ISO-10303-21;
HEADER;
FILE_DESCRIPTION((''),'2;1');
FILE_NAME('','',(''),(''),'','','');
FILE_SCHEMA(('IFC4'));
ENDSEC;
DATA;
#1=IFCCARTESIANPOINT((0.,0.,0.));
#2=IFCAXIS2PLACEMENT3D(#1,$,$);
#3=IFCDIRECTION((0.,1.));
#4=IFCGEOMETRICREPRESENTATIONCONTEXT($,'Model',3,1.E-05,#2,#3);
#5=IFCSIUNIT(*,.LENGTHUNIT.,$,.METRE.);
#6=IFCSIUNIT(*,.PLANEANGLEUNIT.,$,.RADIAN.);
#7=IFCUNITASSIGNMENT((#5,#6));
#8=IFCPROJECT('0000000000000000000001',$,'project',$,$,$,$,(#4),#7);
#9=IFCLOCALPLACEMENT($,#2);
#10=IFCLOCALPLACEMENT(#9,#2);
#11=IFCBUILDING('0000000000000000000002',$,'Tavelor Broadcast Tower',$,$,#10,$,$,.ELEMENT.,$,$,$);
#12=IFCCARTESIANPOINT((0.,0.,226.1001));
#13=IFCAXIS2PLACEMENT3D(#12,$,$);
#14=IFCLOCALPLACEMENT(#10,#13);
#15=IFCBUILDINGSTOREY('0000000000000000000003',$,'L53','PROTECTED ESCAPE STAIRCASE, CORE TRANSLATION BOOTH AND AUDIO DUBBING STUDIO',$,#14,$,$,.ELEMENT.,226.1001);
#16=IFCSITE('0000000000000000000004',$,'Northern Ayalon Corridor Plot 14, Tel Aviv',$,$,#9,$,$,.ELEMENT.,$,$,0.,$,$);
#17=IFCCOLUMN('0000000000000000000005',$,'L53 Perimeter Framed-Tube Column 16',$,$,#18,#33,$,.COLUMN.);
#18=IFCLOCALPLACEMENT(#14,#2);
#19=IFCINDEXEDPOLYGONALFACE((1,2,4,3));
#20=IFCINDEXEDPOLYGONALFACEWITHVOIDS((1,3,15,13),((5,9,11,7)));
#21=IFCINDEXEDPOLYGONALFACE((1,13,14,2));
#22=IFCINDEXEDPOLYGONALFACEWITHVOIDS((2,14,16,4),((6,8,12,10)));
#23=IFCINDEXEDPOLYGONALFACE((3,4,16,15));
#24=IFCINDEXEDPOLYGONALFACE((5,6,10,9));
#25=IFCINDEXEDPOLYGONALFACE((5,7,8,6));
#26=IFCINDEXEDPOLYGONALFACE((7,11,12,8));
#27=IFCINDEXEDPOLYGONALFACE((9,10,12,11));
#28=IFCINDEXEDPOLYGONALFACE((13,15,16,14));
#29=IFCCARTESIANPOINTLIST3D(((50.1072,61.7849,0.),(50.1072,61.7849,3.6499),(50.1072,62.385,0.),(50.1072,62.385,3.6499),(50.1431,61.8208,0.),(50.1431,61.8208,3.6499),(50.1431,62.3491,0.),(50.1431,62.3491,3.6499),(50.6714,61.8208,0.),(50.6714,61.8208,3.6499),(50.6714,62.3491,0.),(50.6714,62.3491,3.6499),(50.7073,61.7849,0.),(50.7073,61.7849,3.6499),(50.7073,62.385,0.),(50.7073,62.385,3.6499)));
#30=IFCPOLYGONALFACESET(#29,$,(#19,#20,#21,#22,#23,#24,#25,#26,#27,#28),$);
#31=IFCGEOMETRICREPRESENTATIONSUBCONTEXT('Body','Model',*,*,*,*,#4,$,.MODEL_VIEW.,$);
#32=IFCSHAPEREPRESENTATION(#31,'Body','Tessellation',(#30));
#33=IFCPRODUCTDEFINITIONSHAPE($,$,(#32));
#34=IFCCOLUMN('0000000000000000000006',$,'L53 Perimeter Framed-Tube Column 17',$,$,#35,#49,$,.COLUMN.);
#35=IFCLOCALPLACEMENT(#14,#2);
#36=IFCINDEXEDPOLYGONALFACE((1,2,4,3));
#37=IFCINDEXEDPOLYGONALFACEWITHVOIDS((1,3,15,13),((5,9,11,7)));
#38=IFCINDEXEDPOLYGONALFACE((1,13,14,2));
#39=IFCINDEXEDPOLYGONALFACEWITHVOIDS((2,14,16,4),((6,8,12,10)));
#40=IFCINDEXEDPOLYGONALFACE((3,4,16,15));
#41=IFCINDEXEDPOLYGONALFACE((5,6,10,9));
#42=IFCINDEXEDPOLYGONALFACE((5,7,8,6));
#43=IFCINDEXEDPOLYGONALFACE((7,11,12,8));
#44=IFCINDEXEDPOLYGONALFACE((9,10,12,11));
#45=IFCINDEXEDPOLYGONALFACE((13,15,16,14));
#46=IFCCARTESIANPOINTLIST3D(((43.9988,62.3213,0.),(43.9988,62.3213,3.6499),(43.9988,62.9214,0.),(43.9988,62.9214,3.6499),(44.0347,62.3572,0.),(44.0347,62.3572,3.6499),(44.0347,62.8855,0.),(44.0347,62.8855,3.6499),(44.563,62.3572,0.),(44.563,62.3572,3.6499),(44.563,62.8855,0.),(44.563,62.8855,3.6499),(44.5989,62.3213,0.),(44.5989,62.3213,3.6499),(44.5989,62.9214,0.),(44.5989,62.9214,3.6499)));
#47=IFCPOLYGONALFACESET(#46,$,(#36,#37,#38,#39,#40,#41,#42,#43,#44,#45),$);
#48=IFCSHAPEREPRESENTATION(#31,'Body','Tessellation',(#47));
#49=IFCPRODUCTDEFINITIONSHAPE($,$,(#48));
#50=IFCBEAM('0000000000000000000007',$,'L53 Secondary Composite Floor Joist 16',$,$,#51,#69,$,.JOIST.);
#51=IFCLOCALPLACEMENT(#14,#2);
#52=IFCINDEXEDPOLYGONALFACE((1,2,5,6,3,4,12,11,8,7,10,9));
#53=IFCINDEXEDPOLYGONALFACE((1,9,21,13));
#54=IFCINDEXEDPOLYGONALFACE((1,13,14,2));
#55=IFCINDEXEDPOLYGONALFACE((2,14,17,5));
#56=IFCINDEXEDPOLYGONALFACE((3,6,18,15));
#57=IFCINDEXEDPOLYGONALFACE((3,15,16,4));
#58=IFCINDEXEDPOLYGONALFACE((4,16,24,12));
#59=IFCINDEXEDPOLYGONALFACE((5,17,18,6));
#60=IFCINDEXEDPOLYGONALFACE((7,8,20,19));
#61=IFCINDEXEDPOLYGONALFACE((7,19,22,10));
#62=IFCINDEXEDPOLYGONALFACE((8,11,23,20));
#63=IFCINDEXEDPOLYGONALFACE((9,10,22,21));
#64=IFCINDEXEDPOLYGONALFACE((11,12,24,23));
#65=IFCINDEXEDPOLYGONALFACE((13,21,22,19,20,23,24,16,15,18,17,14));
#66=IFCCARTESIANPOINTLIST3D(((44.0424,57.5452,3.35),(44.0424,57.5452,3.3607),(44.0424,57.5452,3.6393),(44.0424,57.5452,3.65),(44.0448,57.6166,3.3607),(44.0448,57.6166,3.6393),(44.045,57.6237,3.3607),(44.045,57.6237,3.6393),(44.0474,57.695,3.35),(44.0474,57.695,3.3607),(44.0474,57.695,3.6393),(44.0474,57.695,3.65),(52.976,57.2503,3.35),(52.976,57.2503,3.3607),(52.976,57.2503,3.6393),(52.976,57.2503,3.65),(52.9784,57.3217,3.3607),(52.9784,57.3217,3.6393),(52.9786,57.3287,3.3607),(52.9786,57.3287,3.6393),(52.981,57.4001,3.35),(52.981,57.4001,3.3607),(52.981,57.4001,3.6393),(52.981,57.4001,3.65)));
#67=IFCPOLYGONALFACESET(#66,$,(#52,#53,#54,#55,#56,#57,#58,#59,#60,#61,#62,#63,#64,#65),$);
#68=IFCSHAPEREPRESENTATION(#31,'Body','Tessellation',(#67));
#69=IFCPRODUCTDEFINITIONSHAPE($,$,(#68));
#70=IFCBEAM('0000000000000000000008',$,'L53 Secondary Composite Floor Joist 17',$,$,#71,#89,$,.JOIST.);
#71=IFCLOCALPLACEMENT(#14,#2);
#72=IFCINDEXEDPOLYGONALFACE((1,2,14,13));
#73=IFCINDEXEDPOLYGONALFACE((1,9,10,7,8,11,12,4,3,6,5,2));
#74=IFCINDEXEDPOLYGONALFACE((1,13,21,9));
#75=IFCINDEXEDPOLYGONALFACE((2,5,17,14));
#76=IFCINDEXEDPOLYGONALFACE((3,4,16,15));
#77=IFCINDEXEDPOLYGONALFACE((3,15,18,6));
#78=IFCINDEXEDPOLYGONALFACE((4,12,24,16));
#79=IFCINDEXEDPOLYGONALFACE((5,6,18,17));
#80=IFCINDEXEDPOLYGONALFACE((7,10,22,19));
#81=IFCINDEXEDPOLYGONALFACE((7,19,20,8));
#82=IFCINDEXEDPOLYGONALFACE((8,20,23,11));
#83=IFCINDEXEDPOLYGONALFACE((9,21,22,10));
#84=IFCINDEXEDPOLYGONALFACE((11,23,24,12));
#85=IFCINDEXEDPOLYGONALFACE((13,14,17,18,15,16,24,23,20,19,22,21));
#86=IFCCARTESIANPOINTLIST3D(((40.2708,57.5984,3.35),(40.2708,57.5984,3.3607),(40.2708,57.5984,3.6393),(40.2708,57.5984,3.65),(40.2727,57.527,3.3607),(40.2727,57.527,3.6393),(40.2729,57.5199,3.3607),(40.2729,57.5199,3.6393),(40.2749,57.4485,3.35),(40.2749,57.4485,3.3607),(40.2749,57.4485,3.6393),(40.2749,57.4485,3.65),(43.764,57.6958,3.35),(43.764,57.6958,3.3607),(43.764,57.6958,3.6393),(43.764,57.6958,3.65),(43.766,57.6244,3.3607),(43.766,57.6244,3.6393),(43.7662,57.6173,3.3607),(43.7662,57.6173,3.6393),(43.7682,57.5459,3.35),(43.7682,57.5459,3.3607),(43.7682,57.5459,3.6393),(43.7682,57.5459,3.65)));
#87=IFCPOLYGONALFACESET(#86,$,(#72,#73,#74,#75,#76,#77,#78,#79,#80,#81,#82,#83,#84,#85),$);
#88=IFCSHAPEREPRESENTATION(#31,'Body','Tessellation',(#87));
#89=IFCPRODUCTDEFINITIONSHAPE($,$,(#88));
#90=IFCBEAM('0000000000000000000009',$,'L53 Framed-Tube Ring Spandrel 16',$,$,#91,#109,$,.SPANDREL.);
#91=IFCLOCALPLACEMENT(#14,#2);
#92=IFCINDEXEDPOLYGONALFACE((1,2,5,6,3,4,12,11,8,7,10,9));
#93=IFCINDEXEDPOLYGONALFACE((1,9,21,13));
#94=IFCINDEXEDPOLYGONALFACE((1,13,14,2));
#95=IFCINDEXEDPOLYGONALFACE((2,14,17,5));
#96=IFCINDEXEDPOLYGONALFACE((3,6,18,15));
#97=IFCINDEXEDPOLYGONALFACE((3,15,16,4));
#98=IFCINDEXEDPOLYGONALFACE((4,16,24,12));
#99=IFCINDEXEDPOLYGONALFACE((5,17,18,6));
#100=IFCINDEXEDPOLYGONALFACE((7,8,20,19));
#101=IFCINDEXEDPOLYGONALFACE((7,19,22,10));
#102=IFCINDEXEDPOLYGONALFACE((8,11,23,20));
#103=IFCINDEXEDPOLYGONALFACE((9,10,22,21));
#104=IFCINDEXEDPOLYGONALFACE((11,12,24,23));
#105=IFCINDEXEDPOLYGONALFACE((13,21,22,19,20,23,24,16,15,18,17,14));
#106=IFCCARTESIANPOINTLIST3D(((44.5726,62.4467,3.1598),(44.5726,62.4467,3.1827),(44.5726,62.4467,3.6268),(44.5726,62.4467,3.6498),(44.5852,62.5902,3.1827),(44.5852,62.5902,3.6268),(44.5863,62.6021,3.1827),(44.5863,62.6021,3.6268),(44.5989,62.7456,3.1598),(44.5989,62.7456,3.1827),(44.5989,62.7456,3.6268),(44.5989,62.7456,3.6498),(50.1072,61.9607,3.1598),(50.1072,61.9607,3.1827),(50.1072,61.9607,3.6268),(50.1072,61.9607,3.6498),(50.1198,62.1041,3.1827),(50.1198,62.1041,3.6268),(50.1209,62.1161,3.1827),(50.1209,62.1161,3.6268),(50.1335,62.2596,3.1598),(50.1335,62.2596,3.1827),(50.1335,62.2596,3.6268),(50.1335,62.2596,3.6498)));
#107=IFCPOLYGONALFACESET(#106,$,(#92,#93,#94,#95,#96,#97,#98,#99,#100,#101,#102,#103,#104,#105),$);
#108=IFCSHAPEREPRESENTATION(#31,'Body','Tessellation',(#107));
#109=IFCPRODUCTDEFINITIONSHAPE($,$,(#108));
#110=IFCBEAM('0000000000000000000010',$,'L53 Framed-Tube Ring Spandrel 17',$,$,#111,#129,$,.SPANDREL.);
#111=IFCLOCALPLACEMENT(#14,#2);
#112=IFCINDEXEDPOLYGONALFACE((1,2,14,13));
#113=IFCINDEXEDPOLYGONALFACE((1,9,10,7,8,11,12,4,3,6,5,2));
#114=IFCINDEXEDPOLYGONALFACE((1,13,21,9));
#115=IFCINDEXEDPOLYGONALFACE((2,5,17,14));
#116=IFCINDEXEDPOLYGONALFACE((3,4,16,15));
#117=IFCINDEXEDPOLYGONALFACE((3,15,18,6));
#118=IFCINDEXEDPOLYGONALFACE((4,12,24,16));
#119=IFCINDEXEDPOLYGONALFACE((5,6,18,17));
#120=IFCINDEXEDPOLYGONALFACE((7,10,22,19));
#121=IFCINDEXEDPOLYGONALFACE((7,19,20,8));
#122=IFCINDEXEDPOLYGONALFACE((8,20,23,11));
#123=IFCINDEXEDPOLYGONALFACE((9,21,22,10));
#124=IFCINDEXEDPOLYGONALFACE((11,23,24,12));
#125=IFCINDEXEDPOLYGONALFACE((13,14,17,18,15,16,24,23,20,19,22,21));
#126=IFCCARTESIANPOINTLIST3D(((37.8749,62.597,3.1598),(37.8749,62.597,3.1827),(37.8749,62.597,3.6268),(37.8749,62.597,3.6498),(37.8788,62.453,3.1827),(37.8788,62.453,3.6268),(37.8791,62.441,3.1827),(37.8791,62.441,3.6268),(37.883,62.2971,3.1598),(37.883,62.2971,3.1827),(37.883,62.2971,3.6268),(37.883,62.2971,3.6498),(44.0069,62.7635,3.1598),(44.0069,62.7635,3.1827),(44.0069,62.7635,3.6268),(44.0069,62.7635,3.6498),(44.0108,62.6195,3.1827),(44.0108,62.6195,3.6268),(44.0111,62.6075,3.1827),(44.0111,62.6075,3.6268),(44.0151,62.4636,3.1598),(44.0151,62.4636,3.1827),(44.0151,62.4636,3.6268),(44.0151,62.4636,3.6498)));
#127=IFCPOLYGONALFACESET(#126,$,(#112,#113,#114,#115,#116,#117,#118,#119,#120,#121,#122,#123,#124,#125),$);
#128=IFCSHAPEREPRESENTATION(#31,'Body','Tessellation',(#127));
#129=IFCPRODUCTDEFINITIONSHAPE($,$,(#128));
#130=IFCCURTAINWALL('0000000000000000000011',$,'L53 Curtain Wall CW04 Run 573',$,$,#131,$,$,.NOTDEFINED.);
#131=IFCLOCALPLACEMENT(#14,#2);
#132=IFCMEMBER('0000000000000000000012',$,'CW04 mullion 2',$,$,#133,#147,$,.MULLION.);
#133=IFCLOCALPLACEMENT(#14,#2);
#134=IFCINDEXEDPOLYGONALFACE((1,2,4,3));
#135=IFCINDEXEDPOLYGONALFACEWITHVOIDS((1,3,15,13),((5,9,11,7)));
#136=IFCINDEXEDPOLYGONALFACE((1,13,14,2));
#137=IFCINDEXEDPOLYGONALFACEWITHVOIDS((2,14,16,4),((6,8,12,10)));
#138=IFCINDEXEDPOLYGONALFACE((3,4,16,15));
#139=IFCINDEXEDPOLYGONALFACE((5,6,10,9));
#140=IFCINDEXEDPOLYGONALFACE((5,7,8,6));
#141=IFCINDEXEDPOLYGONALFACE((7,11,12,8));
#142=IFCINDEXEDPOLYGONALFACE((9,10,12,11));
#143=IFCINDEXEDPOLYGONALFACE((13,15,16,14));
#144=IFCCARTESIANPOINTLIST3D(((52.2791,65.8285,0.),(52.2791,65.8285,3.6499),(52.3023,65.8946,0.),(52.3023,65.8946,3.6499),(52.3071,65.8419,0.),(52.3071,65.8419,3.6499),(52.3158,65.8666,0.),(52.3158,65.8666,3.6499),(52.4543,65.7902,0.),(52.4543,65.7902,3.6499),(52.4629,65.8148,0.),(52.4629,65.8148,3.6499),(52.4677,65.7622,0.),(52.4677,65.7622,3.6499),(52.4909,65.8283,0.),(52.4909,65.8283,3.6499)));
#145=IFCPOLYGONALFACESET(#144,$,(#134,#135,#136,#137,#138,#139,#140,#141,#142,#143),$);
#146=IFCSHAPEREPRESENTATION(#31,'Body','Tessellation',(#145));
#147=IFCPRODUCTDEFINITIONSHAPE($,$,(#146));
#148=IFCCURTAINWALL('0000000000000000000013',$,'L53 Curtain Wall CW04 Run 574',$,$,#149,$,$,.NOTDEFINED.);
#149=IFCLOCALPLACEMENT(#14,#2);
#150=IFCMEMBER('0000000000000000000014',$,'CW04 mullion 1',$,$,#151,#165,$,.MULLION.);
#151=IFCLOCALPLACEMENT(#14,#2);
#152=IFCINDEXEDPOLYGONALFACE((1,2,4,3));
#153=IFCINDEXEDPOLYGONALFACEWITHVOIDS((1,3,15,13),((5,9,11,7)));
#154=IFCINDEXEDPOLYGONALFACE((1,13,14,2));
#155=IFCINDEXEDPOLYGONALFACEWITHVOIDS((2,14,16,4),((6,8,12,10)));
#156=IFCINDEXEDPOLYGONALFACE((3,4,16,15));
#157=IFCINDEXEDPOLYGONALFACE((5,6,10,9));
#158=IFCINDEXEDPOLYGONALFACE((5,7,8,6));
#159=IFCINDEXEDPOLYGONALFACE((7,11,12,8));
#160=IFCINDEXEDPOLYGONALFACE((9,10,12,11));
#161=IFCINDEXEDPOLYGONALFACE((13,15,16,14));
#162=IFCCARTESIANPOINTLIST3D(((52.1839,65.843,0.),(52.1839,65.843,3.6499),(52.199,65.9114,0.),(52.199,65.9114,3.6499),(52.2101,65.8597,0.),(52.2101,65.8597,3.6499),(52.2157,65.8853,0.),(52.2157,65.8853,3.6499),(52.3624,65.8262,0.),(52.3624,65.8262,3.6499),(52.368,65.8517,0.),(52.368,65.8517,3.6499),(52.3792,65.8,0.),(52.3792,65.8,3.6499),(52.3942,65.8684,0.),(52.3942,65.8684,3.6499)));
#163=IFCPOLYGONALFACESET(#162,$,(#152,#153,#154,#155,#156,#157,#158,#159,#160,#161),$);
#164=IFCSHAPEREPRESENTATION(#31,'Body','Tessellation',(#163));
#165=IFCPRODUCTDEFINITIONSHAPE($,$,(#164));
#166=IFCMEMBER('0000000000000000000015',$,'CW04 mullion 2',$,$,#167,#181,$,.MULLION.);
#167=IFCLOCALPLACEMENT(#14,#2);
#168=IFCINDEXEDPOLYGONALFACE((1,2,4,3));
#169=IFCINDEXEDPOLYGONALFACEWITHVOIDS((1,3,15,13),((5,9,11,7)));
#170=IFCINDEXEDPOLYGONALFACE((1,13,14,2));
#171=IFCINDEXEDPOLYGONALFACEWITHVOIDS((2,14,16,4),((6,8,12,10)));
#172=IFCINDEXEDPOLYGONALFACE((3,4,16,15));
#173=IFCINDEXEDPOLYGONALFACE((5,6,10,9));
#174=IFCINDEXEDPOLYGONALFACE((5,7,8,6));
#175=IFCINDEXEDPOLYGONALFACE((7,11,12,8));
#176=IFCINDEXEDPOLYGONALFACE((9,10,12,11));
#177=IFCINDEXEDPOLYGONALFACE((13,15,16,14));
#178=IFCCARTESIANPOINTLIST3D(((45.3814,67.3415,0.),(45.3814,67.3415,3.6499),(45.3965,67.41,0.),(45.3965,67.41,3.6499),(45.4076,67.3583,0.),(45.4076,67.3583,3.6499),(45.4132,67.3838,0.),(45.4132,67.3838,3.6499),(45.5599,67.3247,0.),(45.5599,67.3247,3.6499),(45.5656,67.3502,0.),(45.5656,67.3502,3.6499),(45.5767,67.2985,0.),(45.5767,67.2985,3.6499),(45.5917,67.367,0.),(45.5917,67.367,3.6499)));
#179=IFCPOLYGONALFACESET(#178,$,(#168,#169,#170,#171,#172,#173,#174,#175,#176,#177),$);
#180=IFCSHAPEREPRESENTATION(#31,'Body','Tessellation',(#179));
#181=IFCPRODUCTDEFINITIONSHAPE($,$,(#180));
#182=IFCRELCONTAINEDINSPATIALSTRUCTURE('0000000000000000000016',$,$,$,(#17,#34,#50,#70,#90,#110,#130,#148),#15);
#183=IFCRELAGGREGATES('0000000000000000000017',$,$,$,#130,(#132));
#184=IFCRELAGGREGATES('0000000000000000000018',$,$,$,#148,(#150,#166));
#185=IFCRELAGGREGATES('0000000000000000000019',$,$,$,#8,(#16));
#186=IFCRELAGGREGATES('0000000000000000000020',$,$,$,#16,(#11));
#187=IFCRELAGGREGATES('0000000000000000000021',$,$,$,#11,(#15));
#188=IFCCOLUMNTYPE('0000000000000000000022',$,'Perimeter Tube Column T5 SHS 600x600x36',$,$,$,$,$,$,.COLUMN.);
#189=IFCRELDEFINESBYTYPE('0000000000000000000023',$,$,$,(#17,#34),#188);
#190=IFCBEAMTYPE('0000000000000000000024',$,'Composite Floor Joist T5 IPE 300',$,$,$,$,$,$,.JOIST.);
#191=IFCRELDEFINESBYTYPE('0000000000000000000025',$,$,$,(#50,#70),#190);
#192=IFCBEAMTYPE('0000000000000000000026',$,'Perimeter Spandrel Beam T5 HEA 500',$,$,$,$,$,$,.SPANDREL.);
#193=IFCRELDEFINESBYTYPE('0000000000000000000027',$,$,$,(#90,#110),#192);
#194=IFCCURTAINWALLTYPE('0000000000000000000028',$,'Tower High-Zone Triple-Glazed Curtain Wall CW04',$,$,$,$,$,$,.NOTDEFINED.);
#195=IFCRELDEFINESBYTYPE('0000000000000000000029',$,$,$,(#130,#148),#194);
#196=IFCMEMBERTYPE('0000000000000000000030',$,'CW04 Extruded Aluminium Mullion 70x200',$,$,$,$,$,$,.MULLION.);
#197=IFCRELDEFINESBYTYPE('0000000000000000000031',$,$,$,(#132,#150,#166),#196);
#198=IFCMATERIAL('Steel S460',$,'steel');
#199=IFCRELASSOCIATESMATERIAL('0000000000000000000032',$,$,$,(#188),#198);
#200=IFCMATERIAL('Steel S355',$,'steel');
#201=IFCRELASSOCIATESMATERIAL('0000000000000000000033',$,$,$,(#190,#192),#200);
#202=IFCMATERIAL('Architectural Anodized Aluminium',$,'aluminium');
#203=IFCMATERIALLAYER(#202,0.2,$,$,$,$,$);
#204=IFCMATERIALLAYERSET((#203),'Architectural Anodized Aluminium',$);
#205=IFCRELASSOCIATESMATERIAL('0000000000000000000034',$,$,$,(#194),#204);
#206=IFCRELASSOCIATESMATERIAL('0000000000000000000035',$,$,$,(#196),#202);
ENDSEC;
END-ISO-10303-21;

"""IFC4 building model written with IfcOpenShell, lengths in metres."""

from ifc_helpers import new_model, si_unit, direction, frame, origin, origin_2d, place, context, subcontext, project, spatial, hollow_rectangle, i_section, extrude, source, transform, mapped, material, layer, layer_set, material_profile, profile_set, type_object, type_shapes, element, aggregate, save


model = new_model("IFC4")

# Units and contexts
model_context = context("Model", 3, precision=1e-05, world=origin(), true_north=direction((0.0, 1.0)))
body_context = subcontext(model_context, "Body", "Model", "MODEL_VIEW")
ifc_project = project(units=[si_unit("LENGTHUNIT", "METRE"), si_unit("PLANEANGLEUNIT", "RADIAN")], contexts=[model_context])

# Site, building, storey
site_placement = place(None, origin())
site = spatial("IfcSite", under=ifc_project, at=site_placement, Name="Northern Ayalon Corridor Plot 14, Tel Aviv", CompositionType="ELEMENT", RefElevation=0.0)
building_placement = place(site_placement, origin())
building = spatial("IfcBuilding", under=site, at=building_placement, Name="Tavelor Broadcast Tower", CompositionType="ELEMENT")
storey_placement = place(building_placement, frame((0.0, 0.0, 226.1001)))
storey = spatial("IfcBuildingStorey", under=building, at=storey_placement, Name="L53", Description="PROTECTED ESCAPE STAIRCASE, CORE TRANSLATION BOOTH AND AUDIO DUBBING STUDIO", CompositionType="ELEMENT", Elevation=226.1001)

# Columns
ifc_material_1 = material(Name="Steel S460", Category="steel")
ifc_material_profile_1 = material_profile(ifc_material_1, hollow_rectangle(XDim=0.6001, YDim=0.6001, WallThickness=0.0359, at=origin_2d()), Name="SHS 600x600x36")
ifc_profile_set_1 = profile_set([ifc_material_profile_1], Name="Steel S460")
column_type = type_object("IfcColumnType", Name="Perimeter Tube Column T5 SHS 600x600x36", PredefinedType="COLUMN", material=ifc_profile_set_1)
for number, where, z_axis, x_axis, name in (
    (1, (50.4072, 62.085, 0.0), (0.0, 0.0, 1.0), (1.0, 0.0, 0.0), "L53 Perimeter Framed-Tube Column 16"),
    (2, (44.2988, 62.6213, 0.0), (0.0, 0.0, 1.0), (1.0, 0.0, 0.0), "L53 Perimeter Framed-Tube Column 17"),
):
    element("IfcColumn", number, at=place(storey_placement, frame(where, z_axis=z_axis, x_axis=x_axis)), inside=storey, type_object=column_type, Name=name, PredefinedType="COLUMN", context=body_context, shape_type="SweptSolid", body=[
        extrude(hollow_rectangle(XDim=0.6001, YDim=0.6001, WallThickness=0.0359, at=origin_2d()), origin(), (0.0, 0.0, 1.0), 3.6499),
    ])

# Beams
ifc_material_2 = material(Name="Steel S355", Category="steel")
ifc_material_profile_2 = material_profile(ifc_material_2, i_section(OverallWidth=0.1499, OverallDepth=0.3, WebThickness=0.0071, FlangeThickness=0.0107, at=origin_2d()), Name="IPE 300")
ifc_profile_set_2 = profile_set([ifc_material_profile_2], Name="Steel S355")
beam_type_1 = type_object("IfcBeamType", Name="Composite Floor Joist T5 IPE 300", PredefinedType="JOIST", material=ifc_profile_set_2)
beam_1_placement = place(storey_placement, frame((52.9785, 57.3252, 3.5), z_axis=(-0.999456, 0.032995, 0.0), x_axis=(-0.032995, -0.999456, 0.0)))
element("IfcBeam", 3, at=beam_1_placement, inside=storey, type_object=beam_type_1, Name="L53 Secondary Composite Floor Joist 16", PredefinedType="JOIST", context=body_context, shape_type="SweptSolid", body=[
    extrude(i_section(OverallWidth=0.1499, OverallDepth=0.3, WebThickness=0.0071, FlangeThickness=0.0107, at=origin_2d()), origin(), (0.0, 0.0, 1.0), 8.9385),
])
beam_2_placement = place(storey_placement, frame((43.7661, 57.6208, 3.5), z_axis=(-0.999611, -0.027876, 0.0), x_axis=(0.027876, -0.999611, 0.0)))
element("IfcBeam", 4, at=beam_2_placement, inside=storey, type_object=beam_type_1, Name="L53 Secondary Composite Floor Joist 17", PredefinedType="JOIST", context=body_context, shape_type="SweptSolid", body=[
    extrude(i_section(OverallWidth=0.1499, OverallDepth=0.3, WebThickness=0.0071, FlangeThickness=0.0107, at=origin_2d()), origin(), (0.0, 0.0, 1.0), 3.4946),
])
ifc_material_profile_3 = material_profile(ifc_material_2, i_section(OverallWidth=0.3, OverallDepth=0.49, WebThickness=0.012, FlangeThickness=0.0229, at=origin_2d()), Name="HEA 500")
ifc_profile_set_3 = profile_set([ifc_material_profile_3], Name="Steel S355")
beam_type_2 = type_object("IfcBeamType", Name="Perimeter Spandrel Beam T5 HEA 500", PredefinedType="SPANDREL", material=ifc_profile_set_3)
beam_3_placement = place(storey_placement, frame((50.1204, 62.1101, 3.4048), z_axis=(-0.996166, 0.087489, 0.0), x_axis=(-0.087489, -0.996166, 0.0)))
element("IfcBeam", 5, at=beam_3_placement, inside=storey, type_object=beam_type_2, Name="L53 Framed-Tube Ring Spandrel 16", PredefinedType="SPANDREL", context=body_context, shape_type="SweptSolid", body=[
    extrude(i_section(OverallWidth=0.3, OverallDepth=0.49, WebThickness=0.012, FlangeThickness=0.0229, at=origin_2d()), origin(), (0.0, 0.0, 1.0), 5.5559),
])
beam_4_placement = place(storey_placement, frame((44.011, 62.6135, 3.4048), z_axis=(-0.999632, -0.027143, 0.0), x_axis=(0.027143, -0.999632, 0.0)))
element("IfcBeam", 6, at=beam_4_placement, inside=storey, type_object=beam_type_2, Name="L53 Framed-Tube Ring Spandrel 17", PredefinedType="SPANDREL", context=body_context, shape_type="SweptSolid", body=[
    extrude(i_section(OverallWidth=0.3, OverallDepth=0.49, WebThickness=0.012, FlangeThickness=0.0229, at=origin_2d()), origin(), (0.0, 0.0, 1.0), 6.1343),
])

# Curtain wall, member
ifc_material_3 = material(Name="Architectural Anodized Aluminium", Category="aluminium")
ifc_layer_1 = layer(ifc_material_3, 0.2)
ifc_layer_set_1 = layer_set([ifc_layer_1], Name="Architectural Anodized Aluminium")
curtain_wall_type = type_object("IfcCurtainWallType", Name="Tower High-Zone Triple-Glazed Curtain Wall CW04", PredefinedType="NOTDEFINED", material=ifc_layer_set_1)
curtain_wall_1_placement = place(storey_placement, origin())
curtain_wall_1 = element("IfcCurtainWall", 7, at=curtain_wall_1_placement, inside=storey, type_object=curtain_wall_type, Name="L53 Curtain Wall CW04 Run 573", PredefinedType="NOTDEFINED")
ifc_material_profile_4 = material_profile(ifc_material_3, hollow_rectangle(XDim=0.0701, YDim=0.2, WallThickness=0.022, at=origin_2d()), Name="RHS 70x200x22")
ifc_profile_set_4 = profile_set([ifc_material_profile_4], Name="Architectural Anodized Aluminium")
member_type_1 = type_object("IfcMemberType", Name="CW04 Extruded Aluminium Mullion 70x200", PredefinedType="MULLION", material=ifc_profile_set_4)
shared_shape_1 = source(origin(), body_context, "Body", "SweptSolid", [
    extrude(hollow_rectangle(XDim=0.0701, YDim=0.2, WallThickness=0.022, at=origin_2d()), origin(), (0.0, 0.0, 1.0), 3.6499),
])
type_shapes(member_type_1, [shared_shape_1])
member_1_placement = place(storey_placement, frame((52.385, 65.8284, 0.0), z_axis=(0.0, 0.0, 1.0), x_axis=(-0.331754, -0.943366, 0.0)))
member_1 = element("IfcMember", 8, at=member_1_placement, type_object=member_type_1, Name="CW04 mullion 2", PredefinedType="MULLION", context=body_context, shape_type="MappedRepresentation", body=[
    mapped(shared_shape_1, transform((0.0, 0.0, 0.0), scale=1.0)),
])
aggregate(curtain_wall_1, [member_1])

# Curtain wall, members
curtain_wall_2_placement = place(storey_placement, origin())
curtain_wall_2 = element("IfcCurtainWall", 9, at=curtain_wall_2_placement, inside=storey, type_object=curtain_wall_type, Name="L53 Curtain Wall CW04 Run 574", PredefinedType="NOTDEFINED")
member_2_placement = place(storey_placement, frame((52.2891, 65.8557, 0.0), z_axis=(0.0, 0.0, 1.0), x_axis=(-0.21516, -0.976579, 0.0)))
member_2 = element("IfcMember", 10, at=member_2_placement, type_object=member_type_1, Name="CW04 mullion 1", PredefinedType="MULLION", context=body_context, shape_type="MappedRepresentation", body=[
    mapped(shared_shape_1, transform((0.0, 0.0, 0.0), scale=1.0)),
])
member_3_placement = place(storey_placement, frame((45.4866, 67.3542, 0.0), z_axis=(0.0, 0.0, 1.0), x_axis=(-0.21516, -0.976579, 0.0)))
member_3 = element("IfcMember", 11, at=member_3_placement, type_object=member_type_1, Name="CW04 mullion 2", PredefinedType="MULLION", context=body_context, shape_type="MappedRepresentation", body=[
    mapped(shared_shape_1, transform((0.0, 0.0, 0.0), scale=1.0)),
])

aggregate(curtain_wall_2, [member_2, member_3])

save(model, "model.ifc")
